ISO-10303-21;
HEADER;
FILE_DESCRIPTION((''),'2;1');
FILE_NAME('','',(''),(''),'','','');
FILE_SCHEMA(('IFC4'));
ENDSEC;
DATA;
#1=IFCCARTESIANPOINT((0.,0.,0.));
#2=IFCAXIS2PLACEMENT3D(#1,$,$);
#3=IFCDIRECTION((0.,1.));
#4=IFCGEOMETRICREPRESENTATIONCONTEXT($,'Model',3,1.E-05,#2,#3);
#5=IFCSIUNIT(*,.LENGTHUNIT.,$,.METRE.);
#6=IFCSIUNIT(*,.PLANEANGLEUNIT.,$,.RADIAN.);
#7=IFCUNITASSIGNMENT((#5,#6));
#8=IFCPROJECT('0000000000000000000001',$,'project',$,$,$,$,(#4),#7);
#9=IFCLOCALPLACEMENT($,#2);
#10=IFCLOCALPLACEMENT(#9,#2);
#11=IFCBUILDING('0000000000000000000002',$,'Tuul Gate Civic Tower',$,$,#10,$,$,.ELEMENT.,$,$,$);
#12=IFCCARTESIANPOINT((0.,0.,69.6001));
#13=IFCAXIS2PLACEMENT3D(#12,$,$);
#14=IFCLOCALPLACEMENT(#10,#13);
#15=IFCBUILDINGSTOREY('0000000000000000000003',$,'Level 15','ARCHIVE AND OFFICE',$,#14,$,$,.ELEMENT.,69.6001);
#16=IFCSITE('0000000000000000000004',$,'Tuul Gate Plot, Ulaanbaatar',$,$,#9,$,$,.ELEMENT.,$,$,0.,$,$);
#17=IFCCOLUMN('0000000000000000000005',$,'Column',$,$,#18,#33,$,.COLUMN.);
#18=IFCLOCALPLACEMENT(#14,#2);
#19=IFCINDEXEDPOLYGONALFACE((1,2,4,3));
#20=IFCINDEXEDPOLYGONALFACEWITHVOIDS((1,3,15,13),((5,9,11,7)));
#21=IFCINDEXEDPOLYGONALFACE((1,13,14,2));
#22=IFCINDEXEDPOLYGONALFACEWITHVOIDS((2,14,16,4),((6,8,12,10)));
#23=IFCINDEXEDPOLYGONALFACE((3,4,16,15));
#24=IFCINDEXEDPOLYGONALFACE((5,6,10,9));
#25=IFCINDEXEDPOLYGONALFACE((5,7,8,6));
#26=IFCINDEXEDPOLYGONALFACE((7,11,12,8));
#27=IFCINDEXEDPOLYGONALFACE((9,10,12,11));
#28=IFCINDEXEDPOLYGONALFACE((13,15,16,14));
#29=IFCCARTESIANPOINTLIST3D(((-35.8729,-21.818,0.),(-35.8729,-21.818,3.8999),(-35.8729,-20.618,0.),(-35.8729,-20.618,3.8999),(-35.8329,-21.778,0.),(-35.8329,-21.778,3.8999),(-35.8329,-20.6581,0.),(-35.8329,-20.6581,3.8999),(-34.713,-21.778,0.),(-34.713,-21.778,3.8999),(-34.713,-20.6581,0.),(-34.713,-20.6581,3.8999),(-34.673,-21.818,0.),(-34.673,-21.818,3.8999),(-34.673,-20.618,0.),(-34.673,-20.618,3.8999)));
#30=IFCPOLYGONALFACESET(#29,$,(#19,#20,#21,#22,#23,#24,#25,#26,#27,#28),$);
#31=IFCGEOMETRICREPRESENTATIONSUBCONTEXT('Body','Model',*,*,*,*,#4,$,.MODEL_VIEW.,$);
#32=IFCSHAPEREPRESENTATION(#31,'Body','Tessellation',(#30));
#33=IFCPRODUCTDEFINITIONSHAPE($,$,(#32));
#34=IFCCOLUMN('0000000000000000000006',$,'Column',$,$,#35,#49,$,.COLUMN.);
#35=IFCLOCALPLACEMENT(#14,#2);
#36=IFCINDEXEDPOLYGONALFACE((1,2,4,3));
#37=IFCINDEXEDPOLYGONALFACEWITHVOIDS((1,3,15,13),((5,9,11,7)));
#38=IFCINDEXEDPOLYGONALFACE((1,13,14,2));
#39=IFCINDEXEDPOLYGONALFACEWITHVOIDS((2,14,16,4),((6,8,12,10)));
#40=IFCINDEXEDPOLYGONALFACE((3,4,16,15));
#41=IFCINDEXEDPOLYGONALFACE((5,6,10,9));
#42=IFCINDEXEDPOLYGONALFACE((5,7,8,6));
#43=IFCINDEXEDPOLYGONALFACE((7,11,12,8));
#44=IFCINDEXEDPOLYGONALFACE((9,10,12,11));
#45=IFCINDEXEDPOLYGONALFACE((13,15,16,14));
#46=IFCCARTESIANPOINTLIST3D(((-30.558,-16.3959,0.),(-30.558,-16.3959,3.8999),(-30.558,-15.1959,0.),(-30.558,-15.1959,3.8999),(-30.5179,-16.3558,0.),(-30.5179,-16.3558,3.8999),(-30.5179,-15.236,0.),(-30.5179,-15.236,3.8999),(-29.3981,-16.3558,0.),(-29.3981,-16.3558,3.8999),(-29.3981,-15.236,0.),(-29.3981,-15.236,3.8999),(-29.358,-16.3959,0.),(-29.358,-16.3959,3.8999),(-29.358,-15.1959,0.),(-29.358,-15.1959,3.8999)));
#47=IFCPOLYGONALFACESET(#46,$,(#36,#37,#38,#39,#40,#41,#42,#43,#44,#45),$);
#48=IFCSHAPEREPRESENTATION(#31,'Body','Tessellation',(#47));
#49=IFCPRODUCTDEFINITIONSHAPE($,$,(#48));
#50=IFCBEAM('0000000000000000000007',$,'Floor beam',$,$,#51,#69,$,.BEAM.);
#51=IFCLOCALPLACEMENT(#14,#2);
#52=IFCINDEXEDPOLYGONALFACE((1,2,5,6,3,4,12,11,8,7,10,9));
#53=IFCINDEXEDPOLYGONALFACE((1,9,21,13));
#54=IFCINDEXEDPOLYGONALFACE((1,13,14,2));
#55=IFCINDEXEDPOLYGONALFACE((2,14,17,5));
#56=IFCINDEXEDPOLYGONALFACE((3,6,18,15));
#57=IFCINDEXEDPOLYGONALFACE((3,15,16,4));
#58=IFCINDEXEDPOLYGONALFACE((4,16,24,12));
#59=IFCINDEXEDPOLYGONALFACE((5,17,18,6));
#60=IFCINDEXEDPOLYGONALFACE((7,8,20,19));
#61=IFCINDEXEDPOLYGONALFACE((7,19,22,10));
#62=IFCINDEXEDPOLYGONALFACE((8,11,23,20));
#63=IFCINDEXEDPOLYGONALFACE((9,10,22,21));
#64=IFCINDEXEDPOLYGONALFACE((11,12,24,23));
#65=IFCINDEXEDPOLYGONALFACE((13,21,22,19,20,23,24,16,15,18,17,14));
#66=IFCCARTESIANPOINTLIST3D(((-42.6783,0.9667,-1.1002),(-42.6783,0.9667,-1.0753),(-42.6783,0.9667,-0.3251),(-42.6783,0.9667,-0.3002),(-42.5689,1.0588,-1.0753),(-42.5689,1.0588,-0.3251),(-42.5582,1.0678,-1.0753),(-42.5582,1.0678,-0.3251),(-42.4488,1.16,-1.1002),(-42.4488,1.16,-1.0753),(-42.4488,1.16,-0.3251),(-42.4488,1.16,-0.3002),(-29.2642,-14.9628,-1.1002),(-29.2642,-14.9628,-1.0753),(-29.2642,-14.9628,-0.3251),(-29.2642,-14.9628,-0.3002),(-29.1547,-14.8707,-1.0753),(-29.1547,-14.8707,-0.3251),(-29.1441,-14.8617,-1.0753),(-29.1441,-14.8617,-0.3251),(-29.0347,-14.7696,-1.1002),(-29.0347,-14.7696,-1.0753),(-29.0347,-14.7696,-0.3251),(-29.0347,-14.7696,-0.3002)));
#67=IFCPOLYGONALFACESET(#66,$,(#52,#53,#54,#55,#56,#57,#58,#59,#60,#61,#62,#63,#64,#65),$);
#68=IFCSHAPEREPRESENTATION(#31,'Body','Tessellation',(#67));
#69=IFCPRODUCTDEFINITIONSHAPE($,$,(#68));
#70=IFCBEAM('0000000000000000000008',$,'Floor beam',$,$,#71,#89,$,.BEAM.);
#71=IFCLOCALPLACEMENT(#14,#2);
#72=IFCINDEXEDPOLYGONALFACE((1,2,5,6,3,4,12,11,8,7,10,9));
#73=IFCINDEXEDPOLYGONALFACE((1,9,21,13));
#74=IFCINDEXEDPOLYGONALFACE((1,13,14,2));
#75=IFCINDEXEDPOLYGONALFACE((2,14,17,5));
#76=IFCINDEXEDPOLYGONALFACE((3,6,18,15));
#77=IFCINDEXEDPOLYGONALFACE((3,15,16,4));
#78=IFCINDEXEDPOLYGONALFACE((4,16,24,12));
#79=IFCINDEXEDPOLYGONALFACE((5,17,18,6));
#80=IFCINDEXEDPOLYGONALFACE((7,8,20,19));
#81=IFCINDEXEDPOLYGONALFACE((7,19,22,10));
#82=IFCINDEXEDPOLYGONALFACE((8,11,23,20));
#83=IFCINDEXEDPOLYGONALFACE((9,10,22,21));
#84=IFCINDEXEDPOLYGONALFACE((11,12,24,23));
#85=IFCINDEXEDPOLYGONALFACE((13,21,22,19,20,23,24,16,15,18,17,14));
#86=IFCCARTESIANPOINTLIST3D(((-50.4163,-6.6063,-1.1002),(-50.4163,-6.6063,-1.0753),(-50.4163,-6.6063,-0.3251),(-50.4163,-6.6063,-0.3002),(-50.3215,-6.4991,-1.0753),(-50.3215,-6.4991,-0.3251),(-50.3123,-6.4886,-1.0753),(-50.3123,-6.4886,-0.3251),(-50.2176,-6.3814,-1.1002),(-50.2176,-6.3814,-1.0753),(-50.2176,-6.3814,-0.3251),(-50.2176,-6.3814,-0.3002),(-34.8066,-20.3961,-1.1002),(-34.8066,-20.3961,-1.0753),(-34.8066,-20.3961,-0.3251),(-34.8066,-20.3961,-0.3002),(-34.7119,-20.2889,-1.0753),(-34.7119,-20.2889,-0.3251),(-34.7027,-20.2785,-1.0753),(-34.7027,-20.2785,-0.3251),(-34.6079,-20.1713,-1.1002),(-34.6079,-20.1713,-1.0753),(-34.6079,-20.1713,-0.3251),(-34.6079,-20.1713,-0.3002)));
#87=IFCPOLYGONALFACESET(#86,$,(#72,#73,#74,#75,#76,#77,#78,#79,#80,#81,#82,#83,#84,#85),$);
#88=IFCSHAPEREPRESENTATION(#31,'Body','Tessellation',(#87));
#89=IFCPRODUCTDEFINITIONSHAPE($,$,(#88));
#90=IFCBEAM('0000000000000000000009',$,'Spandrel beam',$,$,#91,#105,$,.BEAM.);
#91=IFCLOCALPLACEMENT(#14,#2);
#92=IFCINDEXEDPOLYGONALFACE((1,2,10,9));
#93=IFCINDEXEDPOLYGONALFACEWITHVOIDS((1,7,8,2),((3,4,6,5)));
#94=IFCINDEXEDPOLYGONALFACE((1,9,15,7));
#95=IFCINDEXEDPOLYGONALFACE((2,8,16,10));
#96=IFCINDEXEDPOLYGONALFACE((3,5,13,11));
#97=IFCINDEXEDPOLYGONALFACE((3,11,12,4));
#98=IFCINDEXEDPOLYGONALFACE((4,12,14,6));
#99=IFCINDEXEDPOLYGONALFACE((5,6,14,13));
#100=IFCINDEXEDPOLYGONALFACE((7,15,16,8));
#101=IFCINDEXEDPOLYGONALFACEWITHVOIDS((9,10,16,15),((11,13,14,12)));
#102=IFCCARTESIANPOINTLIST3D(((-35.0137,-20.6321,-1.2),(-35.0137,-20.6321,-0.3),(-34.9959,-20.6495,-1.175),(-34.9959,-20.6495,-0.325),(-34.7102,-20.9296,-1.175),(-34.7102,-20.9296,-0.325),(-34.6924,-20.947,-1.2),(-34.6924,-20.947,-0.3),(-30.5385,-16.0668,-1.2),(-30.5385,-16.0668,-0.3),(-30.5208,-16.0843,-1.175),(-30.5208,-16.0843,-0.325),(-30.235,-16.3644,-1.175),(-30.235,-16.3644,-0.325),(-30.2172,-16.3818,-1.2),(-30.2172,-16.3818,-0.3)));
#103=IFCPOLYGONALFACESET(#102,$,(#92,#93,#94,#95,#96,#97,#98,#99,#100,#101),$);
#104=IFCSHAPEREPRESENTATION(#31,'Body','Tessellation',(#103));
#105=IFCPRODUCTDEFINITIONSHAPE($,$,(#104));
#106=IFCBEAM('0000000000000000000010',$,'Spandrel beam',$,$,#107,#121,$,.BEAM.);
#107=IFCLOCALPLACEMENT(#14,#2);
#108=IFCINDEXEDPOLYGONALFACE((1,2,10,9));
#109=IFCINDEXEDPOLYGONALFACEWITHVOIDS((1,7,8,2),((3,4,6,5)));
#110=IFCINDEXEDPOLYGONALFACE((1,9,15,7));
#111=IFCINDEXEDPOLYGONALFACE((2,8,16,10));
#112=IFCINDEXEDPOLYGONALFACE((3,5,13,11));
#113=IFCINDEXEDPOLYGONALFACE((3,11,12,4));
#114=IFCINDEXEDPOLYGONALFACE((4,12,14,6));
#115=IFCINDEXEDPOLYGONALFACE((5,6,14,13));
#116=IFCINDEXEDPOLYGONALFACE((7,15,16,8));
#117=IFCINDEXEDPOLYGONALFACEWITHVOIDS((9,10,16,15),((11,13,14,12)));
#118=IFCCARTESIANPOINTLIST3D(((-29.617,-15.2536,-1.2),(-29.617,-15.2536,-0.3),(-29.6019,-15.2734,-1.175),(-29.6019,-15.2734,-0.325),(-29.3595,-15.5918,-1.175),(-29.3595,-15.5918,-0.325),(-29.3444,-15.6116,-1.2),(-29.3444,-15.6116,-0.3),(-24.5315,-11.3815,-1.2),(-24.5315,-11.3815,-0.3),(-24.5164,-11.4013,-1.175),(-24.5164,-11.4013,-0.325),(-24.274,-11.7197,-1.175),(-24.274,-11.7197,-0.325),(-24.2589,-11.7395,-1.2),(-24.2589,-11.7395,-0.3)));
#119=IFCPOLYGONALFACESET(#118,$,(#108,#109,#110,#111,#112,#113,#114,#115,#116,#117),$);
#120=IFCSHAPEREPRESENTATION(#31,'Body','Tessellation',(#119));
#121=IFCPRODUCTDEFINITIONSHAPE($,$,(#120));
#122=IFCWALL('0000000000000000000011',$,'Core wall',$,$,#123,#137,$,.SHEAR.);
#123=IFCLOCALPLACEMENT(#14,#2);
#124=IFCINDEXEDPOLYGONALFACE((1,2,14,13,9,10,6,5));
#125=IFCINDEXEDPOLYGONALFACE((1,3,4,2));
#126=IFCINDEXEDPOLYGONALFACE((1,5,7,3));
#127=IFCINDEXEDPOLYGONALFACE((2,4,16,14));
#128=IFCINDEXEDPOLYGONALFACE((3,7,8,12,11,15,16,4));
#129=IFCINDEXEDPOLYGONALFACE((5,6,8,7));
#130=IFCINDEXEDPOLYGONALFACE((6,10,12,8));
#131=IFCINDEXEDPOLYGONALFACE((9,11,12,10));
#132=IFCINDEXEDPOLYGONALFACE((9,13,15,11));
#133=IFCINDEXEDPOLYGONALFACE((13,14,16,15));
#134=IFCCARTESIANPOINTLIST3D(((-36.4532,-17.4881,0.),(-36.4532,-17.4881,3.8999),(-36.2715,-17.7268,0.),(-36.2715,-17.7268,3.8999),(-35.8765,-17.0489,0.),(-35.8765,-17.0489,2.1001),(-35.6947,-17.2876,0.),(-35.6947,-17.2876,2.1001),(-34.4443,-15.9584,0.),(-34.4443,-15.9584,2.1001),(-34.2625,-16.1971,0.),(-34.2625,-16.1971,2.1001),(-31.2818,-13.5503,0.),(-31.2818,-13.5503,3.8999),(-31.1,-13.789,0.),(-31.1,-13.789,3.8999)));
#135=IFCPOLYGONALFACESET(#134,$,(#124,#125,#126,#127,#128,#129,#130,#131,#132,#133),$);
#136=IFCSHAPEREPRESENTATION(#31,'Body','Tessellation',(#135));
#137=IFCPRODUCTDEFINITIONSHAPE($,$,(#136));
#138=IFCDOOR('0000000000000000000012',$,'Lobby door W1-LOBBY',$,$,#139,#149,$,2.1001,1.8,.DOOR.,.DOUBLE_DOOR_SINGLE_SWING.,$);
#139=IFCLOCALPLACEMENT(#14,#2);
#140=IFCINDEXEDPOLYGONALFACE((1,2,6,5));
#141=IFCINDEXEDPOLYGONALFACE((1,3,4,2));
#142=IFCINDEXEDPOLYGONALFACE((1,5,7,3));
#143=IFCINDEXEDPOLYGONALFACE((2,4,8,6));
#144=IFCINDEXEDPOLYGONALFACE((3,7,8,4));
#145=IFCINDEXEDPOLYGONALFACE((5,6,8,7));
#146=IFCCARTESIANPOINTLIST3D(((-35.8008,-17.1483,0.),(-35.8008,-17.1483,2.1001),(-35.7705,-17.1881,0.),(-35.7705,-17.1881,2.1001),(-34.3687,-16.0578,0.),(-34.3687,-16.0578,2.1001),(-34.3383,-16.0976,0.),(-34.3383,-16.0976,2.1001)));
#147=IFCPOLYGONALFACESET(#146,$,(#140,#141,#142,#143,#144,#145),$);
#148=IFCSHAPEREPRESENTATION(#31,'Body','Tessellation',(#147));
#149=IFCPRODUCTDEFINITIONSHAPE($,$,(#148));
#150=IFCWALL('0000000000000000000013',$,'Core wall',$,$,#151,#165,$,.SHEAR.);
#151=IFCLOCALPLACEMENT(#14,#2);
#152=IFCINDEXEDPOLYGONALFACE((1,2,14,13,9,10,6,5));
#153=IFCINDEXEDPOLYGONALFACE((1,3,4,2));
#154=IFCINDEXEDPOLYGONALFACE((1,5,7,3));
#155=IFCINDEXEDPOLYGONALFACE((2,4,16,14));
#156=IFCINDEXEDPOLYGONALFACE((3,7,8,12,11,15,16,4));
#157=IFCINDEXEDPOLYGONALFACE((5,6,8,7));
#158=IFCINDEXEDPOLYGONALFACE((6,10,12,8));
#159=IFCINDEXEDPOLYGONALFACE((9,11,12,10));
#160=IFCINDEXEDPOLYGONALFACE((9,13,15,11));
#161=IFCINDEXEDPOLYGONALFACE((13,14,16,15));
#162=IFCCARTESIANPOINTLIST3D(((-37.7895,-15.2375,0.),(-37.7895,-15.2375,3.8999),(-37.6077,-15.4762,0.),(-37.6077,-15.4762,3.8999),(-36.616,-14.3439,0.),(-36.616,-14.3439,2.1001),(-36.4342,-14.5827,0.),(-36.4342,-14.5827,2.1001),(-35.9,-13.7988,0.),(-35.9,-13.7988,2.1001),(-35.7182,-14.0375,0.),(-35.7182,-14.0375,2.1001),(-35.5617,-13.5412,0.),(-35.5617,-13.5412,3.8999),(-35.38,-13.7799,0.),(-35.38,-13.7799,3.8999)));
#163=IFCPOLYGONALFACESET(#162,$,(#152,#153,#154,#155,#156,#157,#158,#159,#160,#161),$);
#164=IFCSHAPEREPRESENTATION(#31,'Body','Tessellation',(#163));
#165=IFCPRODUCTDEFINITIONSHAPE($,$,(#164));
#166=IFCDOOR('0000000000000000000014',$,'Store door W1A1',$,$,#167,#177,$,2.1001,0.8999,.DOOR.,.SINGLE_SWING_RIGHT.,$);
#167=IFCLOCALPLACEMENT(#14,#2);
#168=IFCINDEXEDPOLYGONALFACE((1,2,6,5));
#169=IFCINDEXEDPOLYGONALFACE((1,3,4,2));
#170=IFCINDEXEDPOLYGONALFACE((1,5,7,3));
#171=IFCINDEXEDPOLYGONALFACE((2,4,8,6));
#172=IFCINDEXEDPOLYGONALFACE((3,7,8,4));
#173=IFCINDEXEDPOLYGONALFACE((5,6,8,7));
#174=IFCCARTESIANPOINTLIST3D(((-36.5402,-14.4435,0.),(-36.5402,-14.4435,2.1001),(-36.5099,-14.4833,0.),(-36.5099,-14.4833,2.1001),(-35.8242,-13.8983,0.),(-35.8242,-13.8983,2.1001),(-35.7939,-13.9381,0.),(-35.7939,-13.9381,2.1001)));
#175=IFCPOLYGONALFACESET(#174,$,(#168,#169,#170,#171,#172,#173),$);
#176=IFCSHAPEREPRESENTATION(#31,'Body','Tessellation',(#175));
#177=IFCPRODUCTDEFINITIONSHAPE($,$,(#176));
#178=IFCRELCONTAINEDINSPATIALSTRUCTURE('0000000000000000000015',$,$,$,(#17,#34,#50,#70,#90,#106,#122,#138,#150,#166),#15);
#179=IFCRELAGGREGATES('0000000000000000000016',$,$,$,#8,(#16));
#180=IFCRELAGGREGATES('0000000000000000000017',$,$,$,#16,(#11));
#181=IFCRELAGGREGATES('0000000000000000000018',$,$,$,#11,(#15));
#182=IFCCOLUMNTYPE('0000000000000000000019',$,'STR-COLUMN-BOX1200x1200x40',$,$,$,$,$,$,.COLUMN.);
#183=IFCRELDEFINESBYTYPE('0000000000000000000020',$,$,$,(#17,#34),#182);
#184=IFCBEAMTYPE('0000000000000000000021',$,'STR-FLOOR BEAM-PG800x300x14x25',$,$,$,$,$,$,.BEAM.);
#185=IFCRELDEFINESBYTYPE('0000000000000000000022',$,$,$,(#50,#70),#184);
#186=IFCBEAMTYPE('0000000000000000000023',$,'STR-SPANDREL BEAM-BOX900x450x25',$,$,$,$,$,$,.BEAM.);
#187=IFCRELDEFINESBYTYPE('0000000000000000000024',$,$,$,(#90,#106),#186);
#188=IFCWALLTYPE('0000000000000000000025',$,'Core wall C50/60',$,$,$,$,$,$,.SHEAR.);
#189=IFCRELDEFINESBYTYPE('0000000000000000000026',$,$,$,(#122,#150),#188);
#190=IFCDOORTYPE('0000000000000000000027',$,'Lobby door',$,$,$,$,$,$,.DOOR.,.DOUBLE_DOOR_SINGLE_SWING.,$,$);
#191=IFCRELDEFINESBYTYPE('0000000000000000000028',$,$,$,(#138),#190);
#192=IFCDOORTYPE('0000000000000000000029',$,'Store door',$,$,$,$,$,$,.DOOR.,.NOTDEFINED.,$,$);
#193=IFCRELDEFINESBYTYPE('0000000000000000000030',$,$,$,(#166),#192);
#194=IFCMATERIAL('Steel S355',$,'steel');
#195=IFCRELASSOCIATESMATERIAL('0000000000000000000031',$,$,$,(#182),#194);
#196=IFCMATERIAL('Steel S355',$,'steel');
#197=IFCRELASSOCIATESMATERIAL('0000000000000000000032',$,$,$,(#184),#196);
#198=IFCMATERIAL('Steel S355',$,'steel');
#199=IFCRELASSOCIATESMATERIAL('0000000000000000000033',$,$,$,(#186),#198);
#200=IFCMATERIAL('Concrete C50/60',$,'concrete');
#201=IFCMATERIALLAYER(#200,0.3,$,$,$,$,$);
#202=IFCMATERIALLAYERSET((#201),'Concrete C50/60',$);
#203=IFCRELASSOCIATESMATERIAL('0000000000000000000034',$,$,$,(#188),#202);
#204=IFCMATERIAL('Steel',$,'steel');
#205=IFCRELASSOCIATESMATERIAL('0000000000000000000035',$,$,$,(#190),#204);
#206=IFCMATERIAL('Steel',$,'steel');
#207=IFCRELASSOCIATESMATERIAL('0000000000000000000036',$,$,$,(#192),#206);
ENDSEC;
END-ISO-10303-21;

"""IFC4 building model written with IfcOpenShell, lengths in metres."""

from ifc_helpers import new_model, si_unit, direction, frame, frame_2d, origin, origin_2d, place, context, subcontext, project, spatial, rectangle, hollow_rectangle, i_section, extrude, material, layer, layer_set, material_profile, profile_set, type_object, element, fill, save


model = new_model("IFC4")

# Units and contexts
model_context = context("Model", 3, precision=1e-05, world=origin(), true_north=direction((0.0, 1.0)))
body_context = subcontext(model_context, "Body", "Model", "MODEL_VIEW")
ifc_project = project(units=[si_unit("LENGTHUNIT", "METRE"), si_unit("PLANEANGLEUNIT", "RADIAN")], contexts=[model_context])

# Site, building, storey
site_placement = place(None, origin())
site = spatial("IfcSite", under=ifc_project, at=site_placement, Name="Tuul Gate Plot, Ulaanbaatar", CompositionType="ELEMENT", RefElevation=0.0)
building_placement = place(site_placement, origin())
building = spatial("IfcBuilding", under=site, at=building_placement, Name="Tuul Gate Civic Tower", CompositionType="ELEMENT")
storey_placement = place(building_placement, frame((0.0, 0.0, 69.6001)))
storey = spatial("IfcBuildingStorey", under=building, at=storey_placement, Name="Level 15", Description="ARCHIVE AND OFFICE", CompositionType="ELEMENT", Elevation=69.6001)

# Columns
ifc_material_1 = material(Name="Steel S355", Category="steel")
ifc_material_profile_1 = material_profile(ifc_material_1, hollow_rectangle(XDim=1.2, YDim=1.2, WallThickness=0.04, at=origin_2d()), Name="BOX1200x1200x40")
ifc_profile_set_1 = profile_set([ifc_material_profile_1], Name="Steel S355")
column_type = type_object("IfcColumnType", Name="STR-COLUMN-BOX1200x1200x40", PredefinedType="COLUMN", material=ifc_profile_set_1)
for number, where, z_axis, x_axis, name in (
    (1, (-35.2729, -21.218, 0.0), (0.0, 0.0, 1.0), (1.0, 0.0, 0.0), "Column"),
    (2, (-29.958, -15.7959, 0.0), (0.0, 0.0, 1.0), (1.0, 0.0, 0.0), "Column"),
):
    element("IfcColumn", number, at=place(storey_placement, frame(where, z_axis=z_axis, x_axis=x_axis)), inside=storey, type_object=column_type, Name=name, PredefinedType="COLUMN", context=body_context, shape_type="SweptSolid", body=[
        extrude(hollow_rectangle(XDim=1.2, YDim=1.2, WallThickness=0.04, at=origin_2d()), origin(), (0.0, 0.0, 1.0), 3.8999),
    ])

# Beams
ifc_material_2 = material(Name="Steel S355", Category="steel")
ifc_material_profile_2 = material_profile(ifc_material_2, i_section(OverallWidth=0.3, OverallDepth=0.8, WebThickness=0.0139, FlangeThickness=0.0249, at=origin_2d()), Name="PG800x300x14x25")
ifc_profile_set_2 = profile_set([ifc_material_profile_2], Name="Steel S355")
beam_type_1 = type_object("IfcBeamType", Name="STR-FLOOR BEAM-PG800x300x14x25", PredefinedType="BEAM", material=ifc_profile_set_2)
beam_1_placement = place(storey_placement, frame((-29.1494, -14.8662, -0.7002), z_axis=(-0.64413, 0.764916, 0.0), x_axis=(-0.764916, -0.64413, 0.0)))
element("IfcBeam", 3, at=beam_1_placement, inside=storey, type_object=beam_type_1, Name="Floor beam", PredefinedType="BEAM", context=body_context, shape_type="SweptSolid", body=[
    extrude(i_section(OverallWidth=0.3, OverallDepth=0.8, WebThickness=0.0139, FlangeThickness=0.0249, at=origin_2d()), origin(), (0.0, 0.0, 1.0), 20.8252),
])
beam_2_placement = place(storey_placement, frame((-34.7073, -20.2837, -0.7002), z_axis=(-0.749442, 0.66207, 0.0), x_axis=(-0.66207, -0.749442, 0.0)))
element("IfcBeam", 4, at=beam_2_placement, inside=storey, type_object=beam_type_1, Name="Floor beam", PredefinedType="BEAM", context=body_context, shape_type="SweptSolid", body=[
    extrude(i_section(OverallWidth=0.3, OverallDepth=0.8, WebThickness=0.0139, FlangeThickness=0.0249, at=origin_2d()), origin(), (0.0, 0.0, 1.0), 20.8284),
])
ifc_material_3 = material(Name="Steel S355", Category="steel")
ifc_material_profile_3 = material_profile(ifc_material_3, hollow_rectangle(XDim=0.45, YDim=0.8999, WallThickness=0.0249, at=origin_2d()), Name="BOX900x450x25")
ifc_profile_set_3 = profile_set([ifc_material_profile_3], Name="Steel S355")
beam_type_2 = type_object("IfcBeamType", Name="STR-SPANDREL BEAM-BOX900x450x25", PredefinedType="BEAM", material=ifc_profile_set_3)
beam_3_placement = place(storey_placement, frame((-34.853, -20.7896, -0.75), z_axis=(0.700026, 0.714118, 0.0), x_axis=(-0.714118, 0.700026, 0.0)))
element("IfcBeam", 5, at=beam_3_placement, inside=storey, type_object=beam_type_2, Name="Spandrel beam", PredefinedType="BEAM", context=body_context, shape_type="SweptSolid", body=[
    extrude(hollow_rectangle(XDim=0.45, YDim=0.8999, WallThickness=0.0249, at=origin_2d()), origin(), (0.0, 0.0, 1.0), 6.3928),
])
beam_4_placement = place(storey_placement, frame((-29.4807, -15.4326, -0.75), z_axis=(0.795625, 0.60579, 0.0), x_axis=(-0.60579, 0.795625, 0.0)))
element("IfcBeam", 6, at=beam_4_placement, inside=storey, type_object=beam_type_2, Name="Spandrel beam", PredefinedType="BEAM", context=body_context, shape_type="SweptSolid", body=[
    extrude(hollow_rectangle(XDim=0.45, YDim=0.8999, WallThickness=0.0249, at=origin_2d()), origin(), (0.0, 0.0, 1.0), 6.3918),
])

# Walls, openings, doors
ifc_material_4 = material(Name="Concrete C50/60", Category="concrete")
ifc_layer_1 = layer(ifc_material_4, 0.3)
ifc_layer_set_1 = layer_set([ifc_layer_1], Name="Concrete C50/60")
wall_type_1 = type_object("IfcWallType", Name="Core wall C50/60", PredefinedType="SHEAR", material=ifc_layer_set_1)
wall_1_placement = place(storey_placement, frame((-31.1909, -13.6697, 0.0), z_axis=(0.0, 0.0, 1.0), x_axis=(-0.795607, -0.605813, 0.0)))
wall_1 = element("IfcWall", 7, at=wall_1_placement, inside=storey, type_object=wall_type_1, Name="Core wall", PredefinedType="SHEAR", context=body_context, shape_type="SweptSolid", body=[
    extrude(rectangle(XDim=6.5, YDim=0.3, at=frame_2d((3.25, 0.0))), origin(), (0.0, 0.0, 1.0), 3.8999),
])
opening_1_placement = place(wall_1_placement, frame((3.9751, 0.0, 0.0)))
opening_1 = element("IfcOpeningElement", 8, at=opening_1_placement, cuts=wall_1, PredefinedType="OPENING", context=body_context, shape_type="SweptSolid", body=[
    extrude(rectangle(XDim=1.8, YDim=2.1001, at=frame_2d((0.8999, 1.05))), frame((0.0, 0.1602, 0.0), z_axis=(0.0, -1.0, 0.0), x_axis=(1.0, 0.0, 0.0)), (0.0, 0.0, 1.0), 0.3201),
])
ifc_material_5 = material(Name="Steel", Category="steel")
door_type_1 = type_object("IfcDoorType", Name="Lobby door", OperationType="DOUBLE_DOOR_SINGLE_SWING", PredefinedType="DOOR", material=ifc_material_5)
door_1_placement = place(opening_1_placement, origin())
door_1 = element("IfcDoor", 9, at=door_1_placement, inside=storey, type_object=door_type_1, Name="Lobby door W1-LOBBY", OperationType="DOUBLE_DOOR_SINGLE_SWING", OverallHeight=2.1001, OverallWidth=1.8, PredefinedType="DOOR", context=body_context, shape_type="SweptSolid", body=[
    extrude(rectangle(XDim=1.8, YDim=2.1001, at=frame_2d((0.8999, 1.05))), frame((0.0, 0.0249, 0.0), z_axis=(0.0, -1.0, 0.0), x_axis=(1.0, 0.0, 0.0)), (0.0, 0.0, 1.0), 0.05),
])
fill(opening_1, door_1)
wall_2_placement = place(storey_placement, frame((-35.4709, -13.6606, 0.0), z_axis=(0.0, 0.0, 1.0), x_axis=(-0.795616, -0.605802, 0.0)))
wall_2 = element("IfcWall", 10, at=wall_2_placement, inside=storey, type_object=wall_type_1, Name="Core wall", PredefinedType="SHEAR", context=body_context, shape_type="SweptSolid", body=[
    extrude(rectangle(XDim=2.8, YDim=0.3, at=frame_2d((1.3999, 0.0))), origin(), (0.0, 0.0, 1.0), 3.8999),
])
opening_2_placement = place(wall_2_placement, frame((0.425, 0.0, 0.0)))
opening_2 = element("IfcOpeningElement", 11, at=opening_2_placement, cuts=wall_2, PredefinedType="OPENING", context=body_context, shape_type="SweptSolid", body=[
    extrude(rectangle(XDim=0.8999, YDim=2.1001, at=frame_2d((0.45, 1.05))), frame((0.0, 0.1602, 0.0), z_axis=(0.0, -1.0, 0.0), x_axis=(1.0, 0.0, 0.0)), (0.0, 0.0, 1.0), 0.3201),
])
ifc_material_6 = material(Name="Steel", Category="steel")
door_type_2 = type_object("IfcDoorType", Name="Store door", OperationType="NOTDEFINED", PredefinedType="DOOR", material=ifc_material_6)
door_2_placement = place(opening_2_placement, frame((0.8999, 0.0, 0.0), z_axis=(0.0, 0.0, 1.0), x_axis=(-1.0, 0.0, 0.0)))
door_2 = element("IfcDoor", 12, at=door_2_placement, inside=storey, type_object=door_type_2, Name="Store door W1A1", OperationType="SINGLE_SWING_RIGHT", OverallHeight=2.1001, OverallWidth=0.8999, PredefinedType="DOOR", context=body_context, shape_type="SweptSolid", body=[
    extrude(rectangle(XDim=0.8999, YDim=2.1001, at=frame_2d((0.45, 1.05))), frame((0.0, 0.0249, 0.0), z_axis=(0.0, -1.0, 0.0), x_axis=(1.0, 0.0, 0.0)), (0.0, 0.0, 1.0), 0.05),
])
fill(opening_2, door_2)

save(model, "model.ifc")
